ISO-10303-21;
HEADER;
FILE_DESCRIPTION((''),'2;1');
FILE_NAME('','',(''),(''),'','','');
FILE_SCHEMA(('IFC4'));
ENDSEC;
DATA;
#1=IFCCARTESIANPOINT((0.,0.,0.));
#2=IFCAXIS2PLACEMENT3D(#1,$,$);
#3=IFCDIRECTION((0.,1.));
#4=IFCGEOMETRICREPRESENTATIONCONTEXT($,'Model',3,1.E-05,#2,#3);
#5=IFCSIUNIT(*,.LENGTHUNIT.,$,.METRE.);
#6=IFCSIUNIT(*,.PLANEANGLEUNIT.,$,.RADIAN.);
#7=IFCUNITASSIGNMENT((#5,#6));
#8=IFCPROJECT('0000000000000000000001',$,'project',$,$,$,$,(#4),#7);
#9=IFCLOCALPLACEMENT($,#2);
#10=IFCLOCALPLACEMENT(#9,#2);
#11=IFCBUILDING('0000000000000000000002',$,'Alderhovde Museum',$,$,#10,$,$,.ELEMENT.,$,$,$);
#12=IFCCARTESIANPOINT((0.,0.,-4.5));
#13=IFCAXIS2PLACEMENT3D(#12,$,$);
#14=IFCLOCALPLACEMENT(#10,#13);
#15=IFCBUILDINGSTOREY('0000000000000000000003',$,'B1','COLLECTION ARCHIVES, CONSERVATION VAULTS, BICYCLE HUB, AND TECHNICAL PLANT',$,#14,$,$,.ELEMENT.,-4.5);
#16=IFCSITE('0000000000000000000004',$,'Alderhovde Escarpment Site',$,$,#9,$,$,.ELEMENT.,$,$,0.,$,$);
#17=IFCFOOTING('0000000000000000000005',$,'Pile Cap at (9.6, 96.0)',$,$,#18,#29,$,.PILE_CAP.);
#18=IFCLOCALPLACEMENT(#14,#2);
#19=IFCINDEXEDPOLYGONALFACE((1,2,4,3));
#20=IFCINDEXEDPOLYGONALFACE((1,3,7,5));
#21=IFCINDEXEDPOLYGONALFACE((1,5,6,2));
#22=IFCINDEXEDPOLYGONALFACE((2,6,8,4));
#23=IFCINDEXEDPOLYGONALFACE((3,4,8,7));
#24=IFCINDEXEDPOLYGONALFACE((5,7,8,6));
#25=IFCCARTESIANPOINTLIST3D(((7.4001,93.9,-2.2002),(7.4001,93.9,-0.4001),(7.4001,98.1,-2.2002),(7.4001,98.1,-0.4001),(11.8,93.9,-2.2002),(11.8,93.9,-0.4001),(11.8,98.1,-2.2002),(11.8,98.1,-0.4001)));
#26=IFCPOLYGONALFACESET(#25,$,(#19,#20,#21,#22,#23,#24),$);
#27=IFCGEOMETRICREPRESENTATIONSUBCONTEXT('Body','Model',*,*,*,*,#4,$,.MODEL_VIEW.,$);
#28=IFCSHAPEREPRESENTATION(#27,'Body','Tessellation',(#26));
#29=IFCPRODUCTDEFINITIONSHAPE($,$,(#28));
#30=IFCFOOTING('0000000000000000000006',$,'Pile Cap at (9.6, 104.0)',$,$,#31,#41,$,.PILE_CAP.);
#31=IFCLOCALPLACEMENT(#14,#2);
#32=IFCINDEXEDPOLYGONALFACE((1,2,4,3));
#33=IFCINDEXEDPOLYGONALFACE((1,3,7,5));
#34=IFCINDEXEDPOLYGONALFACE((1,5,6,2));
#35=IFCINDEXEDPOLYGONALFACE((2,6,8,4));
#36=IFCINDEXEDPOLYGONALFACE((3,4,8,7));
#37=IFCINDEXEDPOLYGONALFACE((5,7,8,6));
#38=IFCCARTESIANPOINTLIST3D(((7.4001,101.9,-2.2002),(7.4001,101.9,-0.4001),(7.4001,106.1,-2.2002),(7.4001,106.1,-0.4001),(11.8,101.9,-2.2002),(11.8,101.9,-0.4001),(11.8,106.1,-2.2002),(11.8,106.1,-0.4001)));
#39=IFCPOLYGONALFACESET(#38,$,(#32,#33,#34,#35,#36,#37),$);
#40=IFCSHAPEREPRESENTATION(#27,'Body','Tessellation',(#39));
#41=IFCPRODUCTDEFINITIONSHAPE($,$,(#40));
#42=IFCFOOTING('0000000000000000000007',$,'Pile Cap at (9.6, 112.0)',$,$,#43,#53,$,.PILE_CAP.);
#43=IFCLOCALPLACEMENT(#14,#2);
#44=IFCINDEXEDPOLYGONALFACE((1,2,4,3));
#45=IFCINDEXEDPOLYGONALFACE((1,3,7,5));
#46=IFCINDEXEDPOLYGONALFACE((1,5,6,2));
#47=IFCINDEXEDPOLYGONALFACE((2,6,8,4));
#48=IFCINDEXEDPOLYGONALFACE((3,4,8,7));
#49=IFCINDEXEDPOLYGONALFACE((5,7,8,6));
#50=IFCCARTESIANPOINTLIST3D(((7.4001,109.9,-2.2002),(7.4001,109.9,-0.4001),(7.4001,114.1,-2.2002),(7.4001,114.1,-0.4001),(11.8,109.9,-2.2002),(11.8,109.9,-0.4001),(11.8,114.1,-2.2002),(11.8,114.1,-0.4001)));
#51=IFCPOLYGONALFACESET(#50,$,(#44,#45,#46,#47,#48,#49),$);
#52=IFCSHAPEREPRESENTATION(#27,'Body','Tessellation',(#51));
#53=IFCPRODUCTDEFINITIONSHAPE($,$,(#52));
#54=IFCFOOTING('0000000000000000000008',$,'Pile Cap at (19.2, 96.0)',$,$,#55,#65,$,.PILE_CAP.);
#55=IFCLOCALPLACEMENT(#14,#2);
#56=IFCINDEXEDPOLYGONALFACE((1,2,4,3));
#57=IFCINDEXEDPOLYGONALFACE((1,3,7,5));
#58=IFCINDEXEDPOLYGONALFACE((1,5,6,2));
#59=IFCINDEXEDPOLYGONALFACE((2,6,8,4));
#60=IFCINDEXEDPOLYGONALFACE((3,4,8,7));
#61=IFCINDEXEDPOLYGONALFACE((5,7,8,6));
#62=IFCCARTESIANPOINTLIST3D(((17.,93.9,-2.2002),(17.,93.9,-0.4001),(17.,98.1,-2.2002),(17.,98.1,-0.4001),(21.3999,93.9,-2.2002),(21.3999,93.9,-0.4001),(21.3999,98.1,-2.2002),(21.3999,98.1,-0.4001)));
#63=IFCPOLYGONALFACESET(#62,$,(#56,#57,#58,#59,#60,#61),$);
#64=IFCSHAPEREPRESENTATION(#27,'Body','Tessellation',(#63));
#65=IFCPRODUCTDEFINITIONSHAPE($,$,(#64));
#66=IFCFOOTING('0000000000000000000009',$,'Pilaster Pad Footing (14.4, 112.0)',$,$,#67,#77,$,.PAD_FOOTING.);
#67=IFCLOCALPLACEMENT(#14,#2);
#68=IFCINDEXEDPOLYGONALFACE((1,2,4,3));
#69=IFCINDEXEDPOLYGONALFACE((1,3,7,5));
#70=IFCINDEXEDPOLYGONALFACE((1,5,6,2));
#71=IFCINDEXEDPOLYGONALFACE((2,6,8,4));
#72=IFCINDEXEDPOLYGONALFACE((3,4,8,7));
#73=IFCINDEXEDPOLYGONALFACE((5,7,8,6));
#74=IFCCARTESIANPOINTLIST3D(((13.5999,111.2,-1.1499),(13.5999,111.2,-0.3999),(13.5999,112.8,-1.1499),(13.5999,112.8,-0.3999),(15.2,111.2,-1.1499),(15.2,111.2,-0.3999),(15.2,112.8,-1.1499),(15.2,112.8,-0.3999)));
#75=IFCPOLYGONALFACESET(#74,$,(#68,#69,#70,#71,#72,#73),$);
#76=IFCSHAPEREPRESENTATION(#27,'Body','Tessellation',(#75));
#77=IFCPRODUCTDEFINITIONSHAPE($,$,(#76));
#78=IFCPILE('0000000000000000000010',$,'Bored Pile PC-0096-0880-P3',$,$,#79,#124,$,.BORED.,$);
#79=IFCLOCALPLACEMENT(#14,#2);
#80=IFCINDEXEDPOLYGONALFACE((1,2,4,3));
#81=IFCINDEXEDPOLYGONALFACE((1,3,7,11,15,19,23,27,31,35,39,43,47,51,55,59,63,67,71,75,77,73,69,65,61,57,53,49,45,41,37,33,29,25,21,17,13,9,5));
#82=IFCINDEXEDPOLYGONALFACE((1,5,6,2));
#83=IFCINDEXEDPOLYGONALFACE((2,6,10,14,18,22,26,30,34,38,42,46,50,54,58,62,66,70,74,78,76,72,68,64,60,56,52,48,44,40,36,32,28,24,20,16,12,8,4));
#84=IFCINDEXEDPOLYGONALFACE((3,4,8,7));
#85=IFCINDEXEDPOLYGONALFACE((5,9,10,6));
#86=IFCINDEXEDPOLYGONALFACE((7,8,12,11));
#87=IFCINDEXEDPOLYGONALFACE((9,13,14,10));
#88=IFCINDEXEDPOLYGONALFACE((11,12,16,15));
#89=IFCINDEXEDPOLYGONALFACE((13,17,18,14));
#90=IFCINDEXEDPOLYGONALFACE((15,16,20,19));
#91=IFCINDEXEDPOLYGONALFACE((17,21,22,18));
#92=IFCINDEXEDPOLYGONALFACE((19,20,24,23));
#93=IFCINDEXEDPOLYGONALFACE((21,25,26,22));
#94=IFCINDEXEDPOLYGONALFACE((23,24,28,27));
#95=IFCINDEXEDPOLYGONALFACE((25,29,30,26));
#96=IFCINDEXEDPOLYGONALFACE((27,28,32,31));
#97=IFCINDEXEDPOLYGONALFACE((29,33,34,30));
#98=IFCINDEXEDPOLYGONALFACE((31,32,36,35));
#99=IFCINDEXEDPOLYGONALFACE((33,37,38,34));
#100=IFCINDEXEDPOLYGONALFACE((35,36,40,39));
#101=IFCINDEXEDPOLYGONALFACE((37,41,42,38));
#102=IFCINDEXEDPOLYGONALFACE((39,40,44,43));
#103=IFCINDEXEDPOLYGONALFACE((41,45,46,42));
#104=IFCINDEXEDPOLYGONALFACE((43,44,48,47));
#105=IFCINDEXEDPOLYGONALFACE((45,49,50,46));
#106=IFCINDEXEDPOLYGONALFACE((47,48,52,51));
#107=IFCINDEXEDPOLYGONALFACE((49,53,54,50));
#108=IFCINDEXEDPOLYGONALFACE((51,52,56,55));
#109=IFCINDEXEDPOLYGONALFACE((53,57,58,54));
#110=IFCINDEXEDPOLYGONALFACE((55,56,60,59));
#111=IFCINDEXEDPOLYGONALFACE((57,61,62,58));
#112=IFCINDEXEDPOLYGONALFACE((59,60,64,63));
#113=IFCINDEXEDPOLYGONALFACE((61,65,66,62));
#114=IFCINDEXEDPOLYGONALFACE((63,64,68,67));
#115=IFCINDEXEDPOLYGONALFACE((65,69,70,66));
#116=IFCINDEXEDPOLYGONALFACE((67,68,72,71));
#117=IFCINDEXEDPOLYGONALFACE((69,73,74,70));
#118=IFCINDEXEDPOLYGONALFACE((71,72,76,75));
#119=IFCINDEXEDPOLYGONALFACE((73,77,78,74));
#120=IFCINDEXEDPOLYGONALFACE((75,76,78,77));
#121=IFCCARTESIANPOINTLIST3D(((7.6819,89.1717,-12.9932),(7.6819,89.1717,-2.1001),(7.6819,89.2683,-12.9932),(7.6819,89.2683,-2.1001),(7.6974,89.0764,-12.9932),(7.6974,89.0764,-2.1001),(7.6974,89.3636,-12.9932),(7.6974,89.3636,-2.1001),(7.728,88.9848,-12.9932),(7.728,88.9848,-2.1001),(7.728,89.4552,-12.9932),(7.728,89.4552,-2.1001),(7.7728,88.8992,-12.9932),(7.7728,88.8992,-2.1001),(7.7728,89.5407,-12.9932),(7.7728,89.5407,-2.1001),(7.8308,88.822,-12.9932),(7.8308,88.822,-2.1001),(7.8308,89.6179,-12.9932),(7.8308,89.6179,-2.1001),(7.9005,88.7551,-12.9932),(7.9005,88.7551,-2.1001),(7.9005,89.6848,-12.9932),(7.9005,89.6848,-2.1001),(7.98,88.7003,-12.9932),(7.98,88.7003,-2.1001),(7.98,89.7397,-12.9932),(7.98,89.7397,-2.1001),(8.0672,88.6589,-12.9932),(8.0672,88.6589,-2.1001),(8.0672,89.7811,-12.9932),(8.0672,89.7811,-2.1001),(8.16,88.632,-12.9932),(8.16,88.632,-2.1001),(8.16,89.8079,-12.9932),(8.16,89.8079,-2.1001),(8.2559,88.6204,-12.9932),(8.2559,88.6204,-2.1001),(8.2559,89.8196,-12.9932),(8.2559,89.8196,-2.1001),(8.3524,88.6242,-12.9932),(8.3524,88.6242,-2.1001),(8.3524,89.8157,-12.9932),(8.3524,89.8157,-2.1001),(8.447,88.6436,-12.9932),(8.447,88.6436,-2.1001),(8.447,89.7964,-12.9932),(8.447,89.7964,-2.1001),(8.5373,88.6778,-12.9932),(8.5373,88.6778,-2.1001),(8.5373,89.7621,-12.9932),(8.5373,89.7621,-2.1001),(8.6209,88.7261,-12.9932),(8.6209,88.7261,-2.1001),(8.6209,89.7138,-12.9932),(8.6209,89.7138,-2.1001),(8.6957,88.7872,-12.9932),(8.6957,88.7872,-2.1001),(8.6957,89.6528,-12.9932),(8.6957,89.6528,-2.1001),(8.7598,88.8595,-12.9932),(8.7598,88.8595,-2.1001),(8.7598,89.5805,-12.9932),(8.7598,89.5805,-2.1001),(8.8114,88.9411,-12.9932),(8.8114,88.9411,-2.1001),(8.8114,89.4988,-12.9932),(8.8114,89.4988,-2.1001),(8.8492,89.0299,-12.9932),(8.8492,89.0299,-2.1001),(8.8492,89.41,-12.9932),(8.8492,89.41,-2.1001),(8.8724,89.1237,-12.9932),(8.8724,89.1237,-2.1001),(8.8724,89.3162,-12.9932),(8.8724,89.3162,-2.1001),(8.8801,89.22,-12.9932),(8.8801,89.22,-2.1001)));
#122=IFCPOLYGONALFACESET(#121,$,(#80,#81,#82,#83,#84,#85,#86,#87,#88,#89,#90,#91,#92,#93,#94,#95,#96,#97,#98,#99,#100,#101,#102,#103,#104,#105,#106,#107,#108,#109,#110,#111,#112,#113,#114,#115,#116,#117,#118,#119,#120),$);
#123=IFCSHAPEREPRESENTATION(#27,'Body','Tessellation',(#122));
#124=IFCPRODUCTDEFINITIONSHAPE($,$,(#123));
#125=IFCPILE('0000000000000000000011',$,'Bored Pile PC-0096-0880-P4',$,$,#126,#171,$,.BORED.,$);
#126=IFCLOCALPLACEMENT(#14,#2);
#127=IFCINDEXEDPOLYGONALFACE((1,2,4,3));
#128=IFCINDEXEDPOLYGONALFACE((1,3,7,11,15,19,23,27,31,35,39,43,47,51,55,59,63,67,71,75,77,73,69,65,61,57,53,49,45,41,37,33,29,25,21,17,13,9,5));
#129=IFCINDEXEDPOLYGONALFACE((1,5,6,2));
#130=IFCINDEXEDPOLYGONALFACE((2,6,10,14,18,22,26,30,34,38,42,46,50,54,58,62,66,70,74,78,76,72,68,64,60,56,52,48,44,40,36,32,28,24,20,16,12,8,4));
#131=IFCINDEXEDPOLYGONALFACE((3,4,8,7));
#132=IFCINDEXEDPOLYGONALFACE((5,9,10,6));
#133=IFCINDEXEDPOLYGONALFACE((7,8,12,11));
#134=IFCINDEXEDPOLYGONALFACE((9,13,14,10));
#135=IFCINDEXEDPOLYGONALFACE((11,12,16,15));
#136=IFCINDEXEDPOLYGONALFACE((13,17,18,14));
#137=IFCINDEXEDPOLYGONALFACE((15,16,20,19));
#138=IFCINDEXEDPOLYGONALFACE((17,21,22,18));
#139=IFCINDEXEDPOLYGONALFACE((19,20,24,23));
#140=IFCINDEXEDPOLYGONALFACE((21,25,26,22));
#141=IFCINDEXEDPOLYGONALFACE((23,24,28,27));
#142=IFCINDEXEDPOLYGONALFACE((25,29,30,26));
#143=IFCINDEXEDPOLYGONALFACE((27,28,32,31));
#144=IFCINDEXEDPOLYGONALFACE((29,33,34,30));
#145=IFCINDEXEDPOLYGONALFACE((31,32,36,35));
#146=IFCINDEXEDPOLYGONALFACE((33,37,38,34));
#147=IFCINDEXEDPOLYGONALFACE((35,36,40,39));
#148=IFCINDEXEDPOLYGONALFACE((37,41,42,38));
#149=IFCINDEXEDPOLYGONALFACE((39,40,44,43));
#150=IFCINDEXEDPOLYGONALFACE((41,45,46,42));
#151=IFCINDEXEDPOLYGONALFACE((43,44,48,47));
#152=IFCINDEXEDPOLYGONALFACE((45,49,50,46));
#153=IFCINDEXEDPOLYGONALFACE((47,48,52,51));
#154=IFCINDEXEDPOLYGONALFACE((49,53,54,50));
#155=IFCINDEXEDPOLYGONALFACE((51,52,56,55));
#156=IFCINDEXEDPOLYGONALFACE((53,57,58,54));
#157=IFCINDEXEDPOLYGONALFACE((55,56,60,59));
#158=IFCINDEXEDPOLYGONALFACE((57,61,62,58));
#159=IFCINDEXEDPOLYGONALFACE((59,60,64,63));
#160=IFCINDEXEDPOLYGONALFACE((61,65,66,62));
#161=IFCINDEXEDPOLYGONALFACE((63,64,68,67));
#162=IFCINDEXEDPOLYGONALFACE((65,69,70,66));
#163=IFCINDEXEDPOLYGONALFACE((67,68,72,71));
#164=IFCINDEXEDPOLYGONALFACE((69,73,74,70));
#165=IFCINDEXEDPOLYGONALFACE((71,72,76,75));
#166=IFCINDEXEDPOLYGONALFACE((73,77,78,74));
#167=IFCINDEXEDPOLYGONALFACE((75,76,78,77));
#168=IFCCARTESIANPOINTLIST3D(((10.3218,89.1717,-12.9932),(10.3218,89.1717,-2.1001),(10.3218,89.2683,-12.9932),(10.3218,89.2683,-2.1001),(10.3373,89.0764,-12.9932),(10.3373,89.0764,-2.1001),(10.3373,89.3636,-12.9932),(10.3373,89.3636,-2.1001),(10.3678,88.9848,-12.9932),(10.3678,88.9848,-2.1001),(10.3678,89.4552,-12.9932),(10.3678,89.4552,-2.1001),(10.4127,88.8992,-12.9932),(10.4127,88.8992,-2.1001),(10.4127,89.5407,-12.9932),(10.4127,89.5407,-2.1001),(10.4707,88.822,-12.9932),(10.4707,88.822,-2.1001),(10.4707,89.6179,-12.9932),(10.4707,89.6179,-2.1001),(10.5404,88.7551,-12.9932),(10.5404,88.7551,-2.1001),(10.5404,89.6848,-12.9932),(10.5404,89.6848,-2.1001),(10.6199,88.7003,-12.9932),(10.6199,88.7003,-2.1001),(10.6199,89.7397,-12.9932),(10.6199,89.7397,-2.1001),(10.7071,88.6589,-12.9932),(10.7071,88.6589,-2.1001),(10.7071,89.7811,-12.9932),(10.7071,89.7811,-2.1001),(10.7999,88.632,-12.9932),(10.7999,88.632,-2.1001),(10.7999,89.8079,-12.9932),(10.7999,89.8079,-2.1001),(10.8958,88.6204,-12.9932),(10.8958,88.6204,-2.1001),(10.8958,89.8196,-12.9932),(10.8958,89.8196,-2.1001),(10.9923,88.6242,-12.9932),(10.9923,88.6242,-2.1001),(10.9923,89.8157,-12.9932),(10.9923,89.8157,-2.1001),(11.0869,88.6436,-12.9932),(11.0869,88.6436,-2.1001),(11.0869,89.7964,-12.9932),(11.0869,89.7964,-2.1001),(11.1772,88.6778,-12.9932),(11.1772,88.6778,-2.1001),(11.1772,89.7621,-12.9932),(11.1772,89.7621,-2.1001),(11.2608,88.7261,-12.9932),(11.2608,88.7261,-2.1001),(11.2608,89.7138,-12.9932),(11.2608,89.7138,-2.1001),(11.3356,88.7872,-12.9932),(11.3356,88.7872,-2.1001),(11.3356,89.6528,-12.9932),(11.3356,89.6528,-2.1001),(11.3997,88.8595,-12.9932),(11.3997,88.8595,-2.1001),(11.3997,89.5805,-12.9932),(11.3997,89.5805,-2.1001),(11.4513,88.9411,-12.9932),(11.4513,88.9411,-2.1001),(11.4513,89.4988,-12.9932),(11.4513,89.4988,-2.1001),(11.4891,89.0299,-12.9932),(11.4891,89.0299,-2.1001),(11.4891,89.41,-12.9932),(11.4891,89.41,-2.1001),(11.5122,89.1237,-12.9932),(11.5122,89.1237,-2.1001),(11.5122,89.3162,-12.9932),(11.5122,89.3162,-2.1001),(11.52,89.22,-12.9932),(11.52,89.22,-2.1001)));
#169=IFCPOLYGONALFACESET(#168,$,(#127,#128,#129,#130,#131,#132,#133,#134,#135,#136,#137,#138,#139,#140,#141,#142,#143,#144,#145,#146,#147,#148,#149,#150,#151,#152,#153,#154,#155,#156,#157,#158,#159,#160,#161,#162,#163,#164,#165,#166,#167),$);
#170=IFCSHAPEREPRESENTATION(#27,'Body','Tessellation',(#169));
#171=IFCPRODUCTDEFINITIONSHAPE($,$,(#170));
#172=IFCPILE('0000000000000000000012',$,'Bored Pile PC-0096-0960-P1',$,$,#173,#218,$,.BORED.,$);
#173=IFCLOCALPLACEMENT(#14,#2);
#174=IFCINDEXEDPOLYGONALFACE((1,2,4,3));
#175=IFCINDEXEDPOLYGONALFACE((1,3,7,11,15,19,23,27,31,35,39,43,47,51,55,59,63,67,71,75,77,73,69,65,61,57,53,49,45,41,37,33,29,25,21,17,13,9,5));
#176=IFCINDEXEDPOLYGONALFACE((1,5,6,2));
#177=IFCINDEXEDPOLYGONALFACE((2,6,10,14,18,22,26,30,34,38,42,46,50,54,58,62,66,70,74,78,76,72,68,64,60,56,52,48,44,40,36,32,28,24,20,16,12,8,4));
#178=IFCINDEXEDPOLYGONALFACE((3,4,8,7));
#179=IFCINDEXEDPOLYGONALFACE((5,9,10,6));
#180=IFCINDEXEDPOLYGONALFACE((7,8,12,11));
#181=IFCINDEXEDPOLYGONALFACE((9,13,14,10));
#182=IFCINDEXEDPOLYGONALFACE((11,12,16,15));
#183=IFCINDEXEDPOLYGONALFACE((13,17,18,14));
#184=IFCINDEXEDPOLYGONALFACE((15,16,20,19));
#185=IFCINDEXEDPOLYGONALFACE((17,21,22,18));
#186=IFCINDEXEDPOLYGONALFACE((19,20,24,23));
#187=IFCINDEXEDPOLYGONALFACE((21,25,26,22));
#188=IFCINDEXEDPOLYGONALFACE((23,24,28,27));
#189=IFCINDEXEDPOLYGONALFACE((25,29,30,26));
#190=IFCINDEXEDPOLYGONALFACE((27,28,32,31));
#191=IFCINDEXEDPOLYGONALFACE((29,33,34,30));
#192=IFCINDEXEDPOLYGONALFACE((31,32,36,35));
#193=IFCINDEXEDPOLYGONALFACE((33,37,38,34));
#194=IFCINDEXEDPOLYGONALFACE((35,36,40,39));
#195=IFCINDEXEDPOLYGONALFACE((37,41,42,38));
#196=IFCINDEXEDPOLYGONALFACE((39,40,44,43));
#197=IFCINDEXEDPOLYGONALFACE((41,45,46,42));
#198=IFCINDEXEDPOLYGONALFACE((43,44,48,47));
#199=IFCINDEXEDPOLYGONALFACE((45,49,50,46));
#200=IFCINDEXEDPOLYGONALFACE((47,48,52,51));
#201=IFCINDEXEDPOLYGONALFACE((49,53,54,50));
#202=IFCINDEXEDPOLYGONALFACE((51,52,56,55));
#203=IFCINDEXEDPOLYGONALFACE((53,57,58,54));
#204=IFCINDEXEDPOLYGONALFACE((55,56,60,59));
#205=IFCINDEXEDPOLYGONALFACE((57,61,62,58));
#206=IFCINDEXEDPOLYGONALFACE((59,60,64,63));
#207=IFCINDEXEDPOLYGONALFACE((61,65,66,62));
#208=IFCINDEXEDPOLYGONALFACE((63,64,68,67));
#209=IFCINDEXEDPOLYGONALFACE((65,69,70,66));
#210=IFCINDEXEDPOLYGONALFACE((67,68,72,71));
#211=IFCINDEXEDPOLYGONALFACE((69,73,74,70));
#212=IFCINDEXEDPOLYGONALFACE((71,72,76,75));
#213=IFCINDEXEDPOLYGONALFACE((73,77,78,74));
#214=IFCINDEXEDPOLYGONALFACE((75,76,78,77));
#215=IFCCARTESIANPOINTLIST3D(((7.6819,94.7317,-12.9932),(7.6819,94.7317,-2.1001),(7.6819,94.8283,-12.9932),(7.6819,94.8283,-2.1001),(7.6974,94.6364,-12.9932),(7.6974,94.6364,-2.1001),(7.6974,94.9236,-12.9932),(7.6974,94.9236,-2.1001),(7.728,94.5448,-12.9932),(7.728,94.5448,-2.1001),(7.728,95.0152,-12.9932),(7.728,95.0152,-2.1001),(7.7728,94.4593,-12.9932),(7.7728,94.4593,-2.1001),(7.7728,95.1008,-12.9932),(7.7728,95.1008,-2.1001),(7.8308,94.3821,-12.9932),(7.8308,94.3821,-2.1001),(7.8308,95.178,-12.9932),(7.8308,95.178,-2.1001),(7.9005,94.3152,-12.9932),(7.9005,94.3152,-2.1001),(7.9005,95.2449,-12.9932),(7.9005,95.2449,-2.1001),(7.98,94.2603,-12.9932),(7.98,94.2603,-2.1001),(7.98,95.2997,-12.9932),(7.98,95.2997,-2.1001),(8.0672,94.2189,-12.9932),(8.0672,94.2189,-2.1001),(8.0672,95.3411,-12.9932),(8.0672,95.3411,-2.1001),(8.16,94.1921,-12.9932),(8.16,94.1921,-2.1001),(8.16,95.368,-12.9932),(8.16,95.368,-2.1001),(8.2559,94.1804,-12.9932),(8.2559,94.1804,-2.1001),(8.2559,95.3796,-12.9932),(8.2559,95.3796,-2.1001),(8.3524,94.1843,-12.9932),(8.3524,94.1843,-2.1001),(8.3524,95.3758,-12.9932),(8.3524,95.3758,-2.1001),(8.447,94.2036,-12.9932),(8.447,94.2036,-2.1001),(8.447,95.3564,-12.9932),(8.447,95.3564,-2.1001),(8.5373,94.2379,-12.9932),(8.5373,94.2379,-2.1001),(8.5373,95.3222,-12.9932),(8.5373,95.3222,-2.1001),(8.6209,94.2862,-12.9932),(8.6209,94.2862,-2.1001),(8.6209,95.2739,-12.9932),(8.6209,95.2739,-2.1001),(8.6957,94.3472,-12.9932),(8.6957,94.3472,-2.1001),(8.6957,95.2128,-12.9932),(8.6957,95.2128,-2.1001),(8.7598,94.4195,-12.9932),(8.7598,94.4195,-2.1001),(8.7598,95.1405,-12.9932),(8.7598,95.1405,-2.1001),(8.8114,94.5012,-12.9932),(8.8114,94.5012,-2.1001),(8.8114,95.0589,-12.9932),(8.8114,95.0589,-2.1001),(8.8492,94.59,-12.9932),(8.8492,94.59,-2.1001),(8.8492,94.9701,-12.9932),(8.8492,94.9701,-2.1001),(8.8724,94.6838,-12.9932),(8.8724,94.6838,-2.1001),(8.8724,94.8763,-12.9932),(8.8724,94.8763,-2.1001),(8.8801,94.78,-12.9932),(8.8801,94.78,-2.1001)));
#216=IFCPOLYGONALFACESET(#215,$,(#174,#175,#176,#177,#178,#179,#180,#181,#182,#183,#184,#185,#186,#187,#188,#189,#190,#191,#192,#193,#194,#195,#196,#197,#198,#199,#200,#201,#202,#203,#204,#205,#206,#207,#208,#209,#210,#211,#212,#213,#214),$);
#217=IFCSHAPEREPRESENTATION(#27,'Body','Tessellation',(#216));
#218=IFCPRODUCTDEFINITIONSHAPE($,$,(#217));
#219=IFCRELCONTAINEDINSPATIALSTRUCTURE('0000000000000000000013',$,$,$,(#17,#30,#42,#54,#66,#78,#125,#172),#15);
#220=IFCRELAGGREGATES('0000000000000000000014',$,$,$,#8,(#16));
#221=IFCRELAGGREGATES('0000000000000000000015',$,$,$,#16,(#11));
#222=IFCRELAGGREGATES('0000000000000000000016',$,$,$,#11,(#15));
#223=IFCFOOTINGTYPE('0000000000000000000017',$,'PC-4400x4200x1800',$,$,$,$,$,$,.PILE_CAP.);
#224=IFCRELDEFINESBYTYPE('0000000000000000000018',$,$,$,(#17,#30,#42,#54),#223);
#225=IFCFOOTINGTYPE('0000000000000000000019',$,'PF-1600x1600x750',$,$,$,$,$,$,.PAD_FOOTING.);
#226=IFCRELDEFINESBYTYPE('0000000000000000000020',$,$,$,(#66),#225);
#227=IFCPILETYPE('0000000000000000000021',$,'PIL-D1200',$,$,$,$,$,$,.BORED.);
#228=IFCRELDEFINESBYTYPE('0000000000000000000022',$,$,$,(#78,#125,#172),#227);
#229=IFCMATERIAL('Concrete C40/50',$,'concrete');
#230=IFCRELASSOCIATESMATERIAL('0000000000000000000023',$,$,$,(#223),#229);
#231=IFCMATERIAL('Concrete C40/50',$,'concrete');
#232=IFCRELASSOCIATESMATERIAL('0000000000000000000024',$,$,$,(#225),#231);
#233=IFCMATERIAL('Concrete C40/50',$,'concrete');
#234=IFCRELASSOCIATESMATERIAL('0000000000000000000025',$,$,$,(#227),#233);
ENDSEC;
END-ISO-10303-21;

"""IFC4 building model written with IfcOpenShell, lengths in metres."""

from ifc_helpers import new_model, si_unit, direction, frame, origin, origin_2d, place, context, subcontext, project, spatial, rectangle, circle, extrude, material, material_profile, profile_set, type_object, element, save


model = new_model("IFC4")

# Units and contexts
model_context = context("Model", 3, precision=1e-05, world=origin(), true_north=direction((0.0, 1.0)))
body_context = subcontext(model_context, "Body", "Model", "MODEL_VIEW")
ifc_project = project(units=[si_unit("LENGTHUNIT", "METRE"), si_unit("PLANEANGLEUNIT", "RADIAN")], contexts=[model_context])

# Site, building, storey
site_placement = place(None, origin())
site = spatial("IfcSite", under=ifc_project, at=site_placement, Name="Alderhovde Escarpment Site", CompositionType="ELEMENT", RefElevation=0.0)
building_placement = place(site_placement, origin())
building = spatial("IfcBuilding", under=site, at=building_placement, Name="Alderhovde Museum", CompositionType="ELEMENT")
storey_placement = place(building_placement, frame((0.0, 0.0, -4.5)))
storey = spatial("IfcBuildingStorey", under=building, at=storey_placement, Name="B1", Description="COLLECTION ARCHIVES, CONSERVATION VAULTS, BICYCLE HUB, AND TECHNICAL PLANT", CompositionType="ELEMENT", Elevation=-4.5)

# Footings
ifc_material_1 = material(Name="Concrete C40/50", Category="concrete")
footing_type_1 = type_object("IfcFootingType", Name="PC-4400x4200x1800", PredefinedType="PILE_CAP", material=ifc_material_1)
for number, where, z_axis, x_axis, name in (
    (1, (9.6001, 96.0, -2.2002), (0.0, 0.0, 1.0), (1.0, 0.0, 0.0), "Pile Cap at (9.6, 96.0)"),
    (2, (9.6001, 104.0, -2.2002), (0.0, 0.0, 1.0), (1.0, 0.0, 0.0), "Pile Cap at (9.6, 104.0)"),
    (3, (9.6001, 112.0, -2.2002), (0.0, 0.0, 1.0), (1.0, 0.0, 0.0), "Pile Cap at (9.6, 112.0)"),
    (4, (19.2, 96.0, -2.2002), (0.0, 0.0, 1.0), (1.0, 0.0, 0.0), "Pile Cap at (19.2, 96.0)"),
):
    element("IfcFooting", number, at=place(storey_placement, frame(where, z_axis=z_axis, x_axis=x_axis)), inside=storey, type_object=footing_type_1, Name=name, PredefinedType="PILE_CAP", context=body_context, shape_type="SweptSolid", body=[
        extrude(rectangle(XDim=4.3999, YDim=4.2, at=origin_2d()), origin(), (0.0, 0.0, 1.0), 1.8),
    ])
ifc_material_2 = material(Name="Concrete C40/50", Category="concrete")
footing_type_2 = type_object("IfcFootingType", Name="PF-1600x1600x750", PredefinedType="PAD_FOOTING", material=ifc_material_2)
footing_placement = place(storey_placement, frame((14.3999, 112.0, -1.1499), z_axis=(0.0, 0.0, 1.0), x_axis=(1.0, 0.0, 0.0)))
element("IfcFooting", 5, at=footing_placement, inside=storey, type_object=footing_type_2, Name="Pilaster Pad Footing (14.4, 112.0)", PredefinedType="PAD_FOOTING", context=body_context, shape_type="SweptSolid", body=[
    extrude(rectangle(XDim=1.6001, YDim=1.6001, at=origin_2d()), origin(), (0.0, 0.0, 1.0), 0.75),
])

# Piles
ifc_material_3 = material(Name="Concrete C40/50", Category="concrete")
ifc_material_profile_1 = material_profile(ifc_material_3, circle(Radius=0.6001, at=origin_2d()), Name="PILE-D1200")
ifc_profile_set_1 = profile_set([ifc_material_profile_1], Name="Concrete C40/50")
pile_type = type_object("IfcPileType", Name="PIL-D1200", PredefinedType="BORED", material=ifc_profile_set_1)
for number, where, z_axis, x_axis, name in (
    (6, (8.28, 89.22, -2.1001), (0.0, 0.0, -1.0), (1.0, 0.0, 0.0), "Bored Pile PC-0096-0880-P3"),
    (7, (10.9199, 89.22, -2.1001), (0.0, 0.0, -1.0), (1.0, 0.0, 0.0), "Bored Pile PC-0096-0880-P4"),
    (8, (8.28, 94.78, -2.1001), (0.0, 0.0, -1.0), (1.0, 0.0, 0.0), "Bored Pile PC-0096-0960-P1"),
):
    element("IfcPile", number, at=place(storey_placement, frame(where, z_axis=z_axis, x_axis=x_axis)), inside=storey, type_object=pile_type, Name=name, PredefinedType="BORED", context=body_context, shape_type="SweptSolid", body=[
        extrude(circle(Radius=0.6001, at=origin_2d()), origin(), (0.0, 0.0, 1.0), 10.8931),
    ])

save(model, "model.ifc")
